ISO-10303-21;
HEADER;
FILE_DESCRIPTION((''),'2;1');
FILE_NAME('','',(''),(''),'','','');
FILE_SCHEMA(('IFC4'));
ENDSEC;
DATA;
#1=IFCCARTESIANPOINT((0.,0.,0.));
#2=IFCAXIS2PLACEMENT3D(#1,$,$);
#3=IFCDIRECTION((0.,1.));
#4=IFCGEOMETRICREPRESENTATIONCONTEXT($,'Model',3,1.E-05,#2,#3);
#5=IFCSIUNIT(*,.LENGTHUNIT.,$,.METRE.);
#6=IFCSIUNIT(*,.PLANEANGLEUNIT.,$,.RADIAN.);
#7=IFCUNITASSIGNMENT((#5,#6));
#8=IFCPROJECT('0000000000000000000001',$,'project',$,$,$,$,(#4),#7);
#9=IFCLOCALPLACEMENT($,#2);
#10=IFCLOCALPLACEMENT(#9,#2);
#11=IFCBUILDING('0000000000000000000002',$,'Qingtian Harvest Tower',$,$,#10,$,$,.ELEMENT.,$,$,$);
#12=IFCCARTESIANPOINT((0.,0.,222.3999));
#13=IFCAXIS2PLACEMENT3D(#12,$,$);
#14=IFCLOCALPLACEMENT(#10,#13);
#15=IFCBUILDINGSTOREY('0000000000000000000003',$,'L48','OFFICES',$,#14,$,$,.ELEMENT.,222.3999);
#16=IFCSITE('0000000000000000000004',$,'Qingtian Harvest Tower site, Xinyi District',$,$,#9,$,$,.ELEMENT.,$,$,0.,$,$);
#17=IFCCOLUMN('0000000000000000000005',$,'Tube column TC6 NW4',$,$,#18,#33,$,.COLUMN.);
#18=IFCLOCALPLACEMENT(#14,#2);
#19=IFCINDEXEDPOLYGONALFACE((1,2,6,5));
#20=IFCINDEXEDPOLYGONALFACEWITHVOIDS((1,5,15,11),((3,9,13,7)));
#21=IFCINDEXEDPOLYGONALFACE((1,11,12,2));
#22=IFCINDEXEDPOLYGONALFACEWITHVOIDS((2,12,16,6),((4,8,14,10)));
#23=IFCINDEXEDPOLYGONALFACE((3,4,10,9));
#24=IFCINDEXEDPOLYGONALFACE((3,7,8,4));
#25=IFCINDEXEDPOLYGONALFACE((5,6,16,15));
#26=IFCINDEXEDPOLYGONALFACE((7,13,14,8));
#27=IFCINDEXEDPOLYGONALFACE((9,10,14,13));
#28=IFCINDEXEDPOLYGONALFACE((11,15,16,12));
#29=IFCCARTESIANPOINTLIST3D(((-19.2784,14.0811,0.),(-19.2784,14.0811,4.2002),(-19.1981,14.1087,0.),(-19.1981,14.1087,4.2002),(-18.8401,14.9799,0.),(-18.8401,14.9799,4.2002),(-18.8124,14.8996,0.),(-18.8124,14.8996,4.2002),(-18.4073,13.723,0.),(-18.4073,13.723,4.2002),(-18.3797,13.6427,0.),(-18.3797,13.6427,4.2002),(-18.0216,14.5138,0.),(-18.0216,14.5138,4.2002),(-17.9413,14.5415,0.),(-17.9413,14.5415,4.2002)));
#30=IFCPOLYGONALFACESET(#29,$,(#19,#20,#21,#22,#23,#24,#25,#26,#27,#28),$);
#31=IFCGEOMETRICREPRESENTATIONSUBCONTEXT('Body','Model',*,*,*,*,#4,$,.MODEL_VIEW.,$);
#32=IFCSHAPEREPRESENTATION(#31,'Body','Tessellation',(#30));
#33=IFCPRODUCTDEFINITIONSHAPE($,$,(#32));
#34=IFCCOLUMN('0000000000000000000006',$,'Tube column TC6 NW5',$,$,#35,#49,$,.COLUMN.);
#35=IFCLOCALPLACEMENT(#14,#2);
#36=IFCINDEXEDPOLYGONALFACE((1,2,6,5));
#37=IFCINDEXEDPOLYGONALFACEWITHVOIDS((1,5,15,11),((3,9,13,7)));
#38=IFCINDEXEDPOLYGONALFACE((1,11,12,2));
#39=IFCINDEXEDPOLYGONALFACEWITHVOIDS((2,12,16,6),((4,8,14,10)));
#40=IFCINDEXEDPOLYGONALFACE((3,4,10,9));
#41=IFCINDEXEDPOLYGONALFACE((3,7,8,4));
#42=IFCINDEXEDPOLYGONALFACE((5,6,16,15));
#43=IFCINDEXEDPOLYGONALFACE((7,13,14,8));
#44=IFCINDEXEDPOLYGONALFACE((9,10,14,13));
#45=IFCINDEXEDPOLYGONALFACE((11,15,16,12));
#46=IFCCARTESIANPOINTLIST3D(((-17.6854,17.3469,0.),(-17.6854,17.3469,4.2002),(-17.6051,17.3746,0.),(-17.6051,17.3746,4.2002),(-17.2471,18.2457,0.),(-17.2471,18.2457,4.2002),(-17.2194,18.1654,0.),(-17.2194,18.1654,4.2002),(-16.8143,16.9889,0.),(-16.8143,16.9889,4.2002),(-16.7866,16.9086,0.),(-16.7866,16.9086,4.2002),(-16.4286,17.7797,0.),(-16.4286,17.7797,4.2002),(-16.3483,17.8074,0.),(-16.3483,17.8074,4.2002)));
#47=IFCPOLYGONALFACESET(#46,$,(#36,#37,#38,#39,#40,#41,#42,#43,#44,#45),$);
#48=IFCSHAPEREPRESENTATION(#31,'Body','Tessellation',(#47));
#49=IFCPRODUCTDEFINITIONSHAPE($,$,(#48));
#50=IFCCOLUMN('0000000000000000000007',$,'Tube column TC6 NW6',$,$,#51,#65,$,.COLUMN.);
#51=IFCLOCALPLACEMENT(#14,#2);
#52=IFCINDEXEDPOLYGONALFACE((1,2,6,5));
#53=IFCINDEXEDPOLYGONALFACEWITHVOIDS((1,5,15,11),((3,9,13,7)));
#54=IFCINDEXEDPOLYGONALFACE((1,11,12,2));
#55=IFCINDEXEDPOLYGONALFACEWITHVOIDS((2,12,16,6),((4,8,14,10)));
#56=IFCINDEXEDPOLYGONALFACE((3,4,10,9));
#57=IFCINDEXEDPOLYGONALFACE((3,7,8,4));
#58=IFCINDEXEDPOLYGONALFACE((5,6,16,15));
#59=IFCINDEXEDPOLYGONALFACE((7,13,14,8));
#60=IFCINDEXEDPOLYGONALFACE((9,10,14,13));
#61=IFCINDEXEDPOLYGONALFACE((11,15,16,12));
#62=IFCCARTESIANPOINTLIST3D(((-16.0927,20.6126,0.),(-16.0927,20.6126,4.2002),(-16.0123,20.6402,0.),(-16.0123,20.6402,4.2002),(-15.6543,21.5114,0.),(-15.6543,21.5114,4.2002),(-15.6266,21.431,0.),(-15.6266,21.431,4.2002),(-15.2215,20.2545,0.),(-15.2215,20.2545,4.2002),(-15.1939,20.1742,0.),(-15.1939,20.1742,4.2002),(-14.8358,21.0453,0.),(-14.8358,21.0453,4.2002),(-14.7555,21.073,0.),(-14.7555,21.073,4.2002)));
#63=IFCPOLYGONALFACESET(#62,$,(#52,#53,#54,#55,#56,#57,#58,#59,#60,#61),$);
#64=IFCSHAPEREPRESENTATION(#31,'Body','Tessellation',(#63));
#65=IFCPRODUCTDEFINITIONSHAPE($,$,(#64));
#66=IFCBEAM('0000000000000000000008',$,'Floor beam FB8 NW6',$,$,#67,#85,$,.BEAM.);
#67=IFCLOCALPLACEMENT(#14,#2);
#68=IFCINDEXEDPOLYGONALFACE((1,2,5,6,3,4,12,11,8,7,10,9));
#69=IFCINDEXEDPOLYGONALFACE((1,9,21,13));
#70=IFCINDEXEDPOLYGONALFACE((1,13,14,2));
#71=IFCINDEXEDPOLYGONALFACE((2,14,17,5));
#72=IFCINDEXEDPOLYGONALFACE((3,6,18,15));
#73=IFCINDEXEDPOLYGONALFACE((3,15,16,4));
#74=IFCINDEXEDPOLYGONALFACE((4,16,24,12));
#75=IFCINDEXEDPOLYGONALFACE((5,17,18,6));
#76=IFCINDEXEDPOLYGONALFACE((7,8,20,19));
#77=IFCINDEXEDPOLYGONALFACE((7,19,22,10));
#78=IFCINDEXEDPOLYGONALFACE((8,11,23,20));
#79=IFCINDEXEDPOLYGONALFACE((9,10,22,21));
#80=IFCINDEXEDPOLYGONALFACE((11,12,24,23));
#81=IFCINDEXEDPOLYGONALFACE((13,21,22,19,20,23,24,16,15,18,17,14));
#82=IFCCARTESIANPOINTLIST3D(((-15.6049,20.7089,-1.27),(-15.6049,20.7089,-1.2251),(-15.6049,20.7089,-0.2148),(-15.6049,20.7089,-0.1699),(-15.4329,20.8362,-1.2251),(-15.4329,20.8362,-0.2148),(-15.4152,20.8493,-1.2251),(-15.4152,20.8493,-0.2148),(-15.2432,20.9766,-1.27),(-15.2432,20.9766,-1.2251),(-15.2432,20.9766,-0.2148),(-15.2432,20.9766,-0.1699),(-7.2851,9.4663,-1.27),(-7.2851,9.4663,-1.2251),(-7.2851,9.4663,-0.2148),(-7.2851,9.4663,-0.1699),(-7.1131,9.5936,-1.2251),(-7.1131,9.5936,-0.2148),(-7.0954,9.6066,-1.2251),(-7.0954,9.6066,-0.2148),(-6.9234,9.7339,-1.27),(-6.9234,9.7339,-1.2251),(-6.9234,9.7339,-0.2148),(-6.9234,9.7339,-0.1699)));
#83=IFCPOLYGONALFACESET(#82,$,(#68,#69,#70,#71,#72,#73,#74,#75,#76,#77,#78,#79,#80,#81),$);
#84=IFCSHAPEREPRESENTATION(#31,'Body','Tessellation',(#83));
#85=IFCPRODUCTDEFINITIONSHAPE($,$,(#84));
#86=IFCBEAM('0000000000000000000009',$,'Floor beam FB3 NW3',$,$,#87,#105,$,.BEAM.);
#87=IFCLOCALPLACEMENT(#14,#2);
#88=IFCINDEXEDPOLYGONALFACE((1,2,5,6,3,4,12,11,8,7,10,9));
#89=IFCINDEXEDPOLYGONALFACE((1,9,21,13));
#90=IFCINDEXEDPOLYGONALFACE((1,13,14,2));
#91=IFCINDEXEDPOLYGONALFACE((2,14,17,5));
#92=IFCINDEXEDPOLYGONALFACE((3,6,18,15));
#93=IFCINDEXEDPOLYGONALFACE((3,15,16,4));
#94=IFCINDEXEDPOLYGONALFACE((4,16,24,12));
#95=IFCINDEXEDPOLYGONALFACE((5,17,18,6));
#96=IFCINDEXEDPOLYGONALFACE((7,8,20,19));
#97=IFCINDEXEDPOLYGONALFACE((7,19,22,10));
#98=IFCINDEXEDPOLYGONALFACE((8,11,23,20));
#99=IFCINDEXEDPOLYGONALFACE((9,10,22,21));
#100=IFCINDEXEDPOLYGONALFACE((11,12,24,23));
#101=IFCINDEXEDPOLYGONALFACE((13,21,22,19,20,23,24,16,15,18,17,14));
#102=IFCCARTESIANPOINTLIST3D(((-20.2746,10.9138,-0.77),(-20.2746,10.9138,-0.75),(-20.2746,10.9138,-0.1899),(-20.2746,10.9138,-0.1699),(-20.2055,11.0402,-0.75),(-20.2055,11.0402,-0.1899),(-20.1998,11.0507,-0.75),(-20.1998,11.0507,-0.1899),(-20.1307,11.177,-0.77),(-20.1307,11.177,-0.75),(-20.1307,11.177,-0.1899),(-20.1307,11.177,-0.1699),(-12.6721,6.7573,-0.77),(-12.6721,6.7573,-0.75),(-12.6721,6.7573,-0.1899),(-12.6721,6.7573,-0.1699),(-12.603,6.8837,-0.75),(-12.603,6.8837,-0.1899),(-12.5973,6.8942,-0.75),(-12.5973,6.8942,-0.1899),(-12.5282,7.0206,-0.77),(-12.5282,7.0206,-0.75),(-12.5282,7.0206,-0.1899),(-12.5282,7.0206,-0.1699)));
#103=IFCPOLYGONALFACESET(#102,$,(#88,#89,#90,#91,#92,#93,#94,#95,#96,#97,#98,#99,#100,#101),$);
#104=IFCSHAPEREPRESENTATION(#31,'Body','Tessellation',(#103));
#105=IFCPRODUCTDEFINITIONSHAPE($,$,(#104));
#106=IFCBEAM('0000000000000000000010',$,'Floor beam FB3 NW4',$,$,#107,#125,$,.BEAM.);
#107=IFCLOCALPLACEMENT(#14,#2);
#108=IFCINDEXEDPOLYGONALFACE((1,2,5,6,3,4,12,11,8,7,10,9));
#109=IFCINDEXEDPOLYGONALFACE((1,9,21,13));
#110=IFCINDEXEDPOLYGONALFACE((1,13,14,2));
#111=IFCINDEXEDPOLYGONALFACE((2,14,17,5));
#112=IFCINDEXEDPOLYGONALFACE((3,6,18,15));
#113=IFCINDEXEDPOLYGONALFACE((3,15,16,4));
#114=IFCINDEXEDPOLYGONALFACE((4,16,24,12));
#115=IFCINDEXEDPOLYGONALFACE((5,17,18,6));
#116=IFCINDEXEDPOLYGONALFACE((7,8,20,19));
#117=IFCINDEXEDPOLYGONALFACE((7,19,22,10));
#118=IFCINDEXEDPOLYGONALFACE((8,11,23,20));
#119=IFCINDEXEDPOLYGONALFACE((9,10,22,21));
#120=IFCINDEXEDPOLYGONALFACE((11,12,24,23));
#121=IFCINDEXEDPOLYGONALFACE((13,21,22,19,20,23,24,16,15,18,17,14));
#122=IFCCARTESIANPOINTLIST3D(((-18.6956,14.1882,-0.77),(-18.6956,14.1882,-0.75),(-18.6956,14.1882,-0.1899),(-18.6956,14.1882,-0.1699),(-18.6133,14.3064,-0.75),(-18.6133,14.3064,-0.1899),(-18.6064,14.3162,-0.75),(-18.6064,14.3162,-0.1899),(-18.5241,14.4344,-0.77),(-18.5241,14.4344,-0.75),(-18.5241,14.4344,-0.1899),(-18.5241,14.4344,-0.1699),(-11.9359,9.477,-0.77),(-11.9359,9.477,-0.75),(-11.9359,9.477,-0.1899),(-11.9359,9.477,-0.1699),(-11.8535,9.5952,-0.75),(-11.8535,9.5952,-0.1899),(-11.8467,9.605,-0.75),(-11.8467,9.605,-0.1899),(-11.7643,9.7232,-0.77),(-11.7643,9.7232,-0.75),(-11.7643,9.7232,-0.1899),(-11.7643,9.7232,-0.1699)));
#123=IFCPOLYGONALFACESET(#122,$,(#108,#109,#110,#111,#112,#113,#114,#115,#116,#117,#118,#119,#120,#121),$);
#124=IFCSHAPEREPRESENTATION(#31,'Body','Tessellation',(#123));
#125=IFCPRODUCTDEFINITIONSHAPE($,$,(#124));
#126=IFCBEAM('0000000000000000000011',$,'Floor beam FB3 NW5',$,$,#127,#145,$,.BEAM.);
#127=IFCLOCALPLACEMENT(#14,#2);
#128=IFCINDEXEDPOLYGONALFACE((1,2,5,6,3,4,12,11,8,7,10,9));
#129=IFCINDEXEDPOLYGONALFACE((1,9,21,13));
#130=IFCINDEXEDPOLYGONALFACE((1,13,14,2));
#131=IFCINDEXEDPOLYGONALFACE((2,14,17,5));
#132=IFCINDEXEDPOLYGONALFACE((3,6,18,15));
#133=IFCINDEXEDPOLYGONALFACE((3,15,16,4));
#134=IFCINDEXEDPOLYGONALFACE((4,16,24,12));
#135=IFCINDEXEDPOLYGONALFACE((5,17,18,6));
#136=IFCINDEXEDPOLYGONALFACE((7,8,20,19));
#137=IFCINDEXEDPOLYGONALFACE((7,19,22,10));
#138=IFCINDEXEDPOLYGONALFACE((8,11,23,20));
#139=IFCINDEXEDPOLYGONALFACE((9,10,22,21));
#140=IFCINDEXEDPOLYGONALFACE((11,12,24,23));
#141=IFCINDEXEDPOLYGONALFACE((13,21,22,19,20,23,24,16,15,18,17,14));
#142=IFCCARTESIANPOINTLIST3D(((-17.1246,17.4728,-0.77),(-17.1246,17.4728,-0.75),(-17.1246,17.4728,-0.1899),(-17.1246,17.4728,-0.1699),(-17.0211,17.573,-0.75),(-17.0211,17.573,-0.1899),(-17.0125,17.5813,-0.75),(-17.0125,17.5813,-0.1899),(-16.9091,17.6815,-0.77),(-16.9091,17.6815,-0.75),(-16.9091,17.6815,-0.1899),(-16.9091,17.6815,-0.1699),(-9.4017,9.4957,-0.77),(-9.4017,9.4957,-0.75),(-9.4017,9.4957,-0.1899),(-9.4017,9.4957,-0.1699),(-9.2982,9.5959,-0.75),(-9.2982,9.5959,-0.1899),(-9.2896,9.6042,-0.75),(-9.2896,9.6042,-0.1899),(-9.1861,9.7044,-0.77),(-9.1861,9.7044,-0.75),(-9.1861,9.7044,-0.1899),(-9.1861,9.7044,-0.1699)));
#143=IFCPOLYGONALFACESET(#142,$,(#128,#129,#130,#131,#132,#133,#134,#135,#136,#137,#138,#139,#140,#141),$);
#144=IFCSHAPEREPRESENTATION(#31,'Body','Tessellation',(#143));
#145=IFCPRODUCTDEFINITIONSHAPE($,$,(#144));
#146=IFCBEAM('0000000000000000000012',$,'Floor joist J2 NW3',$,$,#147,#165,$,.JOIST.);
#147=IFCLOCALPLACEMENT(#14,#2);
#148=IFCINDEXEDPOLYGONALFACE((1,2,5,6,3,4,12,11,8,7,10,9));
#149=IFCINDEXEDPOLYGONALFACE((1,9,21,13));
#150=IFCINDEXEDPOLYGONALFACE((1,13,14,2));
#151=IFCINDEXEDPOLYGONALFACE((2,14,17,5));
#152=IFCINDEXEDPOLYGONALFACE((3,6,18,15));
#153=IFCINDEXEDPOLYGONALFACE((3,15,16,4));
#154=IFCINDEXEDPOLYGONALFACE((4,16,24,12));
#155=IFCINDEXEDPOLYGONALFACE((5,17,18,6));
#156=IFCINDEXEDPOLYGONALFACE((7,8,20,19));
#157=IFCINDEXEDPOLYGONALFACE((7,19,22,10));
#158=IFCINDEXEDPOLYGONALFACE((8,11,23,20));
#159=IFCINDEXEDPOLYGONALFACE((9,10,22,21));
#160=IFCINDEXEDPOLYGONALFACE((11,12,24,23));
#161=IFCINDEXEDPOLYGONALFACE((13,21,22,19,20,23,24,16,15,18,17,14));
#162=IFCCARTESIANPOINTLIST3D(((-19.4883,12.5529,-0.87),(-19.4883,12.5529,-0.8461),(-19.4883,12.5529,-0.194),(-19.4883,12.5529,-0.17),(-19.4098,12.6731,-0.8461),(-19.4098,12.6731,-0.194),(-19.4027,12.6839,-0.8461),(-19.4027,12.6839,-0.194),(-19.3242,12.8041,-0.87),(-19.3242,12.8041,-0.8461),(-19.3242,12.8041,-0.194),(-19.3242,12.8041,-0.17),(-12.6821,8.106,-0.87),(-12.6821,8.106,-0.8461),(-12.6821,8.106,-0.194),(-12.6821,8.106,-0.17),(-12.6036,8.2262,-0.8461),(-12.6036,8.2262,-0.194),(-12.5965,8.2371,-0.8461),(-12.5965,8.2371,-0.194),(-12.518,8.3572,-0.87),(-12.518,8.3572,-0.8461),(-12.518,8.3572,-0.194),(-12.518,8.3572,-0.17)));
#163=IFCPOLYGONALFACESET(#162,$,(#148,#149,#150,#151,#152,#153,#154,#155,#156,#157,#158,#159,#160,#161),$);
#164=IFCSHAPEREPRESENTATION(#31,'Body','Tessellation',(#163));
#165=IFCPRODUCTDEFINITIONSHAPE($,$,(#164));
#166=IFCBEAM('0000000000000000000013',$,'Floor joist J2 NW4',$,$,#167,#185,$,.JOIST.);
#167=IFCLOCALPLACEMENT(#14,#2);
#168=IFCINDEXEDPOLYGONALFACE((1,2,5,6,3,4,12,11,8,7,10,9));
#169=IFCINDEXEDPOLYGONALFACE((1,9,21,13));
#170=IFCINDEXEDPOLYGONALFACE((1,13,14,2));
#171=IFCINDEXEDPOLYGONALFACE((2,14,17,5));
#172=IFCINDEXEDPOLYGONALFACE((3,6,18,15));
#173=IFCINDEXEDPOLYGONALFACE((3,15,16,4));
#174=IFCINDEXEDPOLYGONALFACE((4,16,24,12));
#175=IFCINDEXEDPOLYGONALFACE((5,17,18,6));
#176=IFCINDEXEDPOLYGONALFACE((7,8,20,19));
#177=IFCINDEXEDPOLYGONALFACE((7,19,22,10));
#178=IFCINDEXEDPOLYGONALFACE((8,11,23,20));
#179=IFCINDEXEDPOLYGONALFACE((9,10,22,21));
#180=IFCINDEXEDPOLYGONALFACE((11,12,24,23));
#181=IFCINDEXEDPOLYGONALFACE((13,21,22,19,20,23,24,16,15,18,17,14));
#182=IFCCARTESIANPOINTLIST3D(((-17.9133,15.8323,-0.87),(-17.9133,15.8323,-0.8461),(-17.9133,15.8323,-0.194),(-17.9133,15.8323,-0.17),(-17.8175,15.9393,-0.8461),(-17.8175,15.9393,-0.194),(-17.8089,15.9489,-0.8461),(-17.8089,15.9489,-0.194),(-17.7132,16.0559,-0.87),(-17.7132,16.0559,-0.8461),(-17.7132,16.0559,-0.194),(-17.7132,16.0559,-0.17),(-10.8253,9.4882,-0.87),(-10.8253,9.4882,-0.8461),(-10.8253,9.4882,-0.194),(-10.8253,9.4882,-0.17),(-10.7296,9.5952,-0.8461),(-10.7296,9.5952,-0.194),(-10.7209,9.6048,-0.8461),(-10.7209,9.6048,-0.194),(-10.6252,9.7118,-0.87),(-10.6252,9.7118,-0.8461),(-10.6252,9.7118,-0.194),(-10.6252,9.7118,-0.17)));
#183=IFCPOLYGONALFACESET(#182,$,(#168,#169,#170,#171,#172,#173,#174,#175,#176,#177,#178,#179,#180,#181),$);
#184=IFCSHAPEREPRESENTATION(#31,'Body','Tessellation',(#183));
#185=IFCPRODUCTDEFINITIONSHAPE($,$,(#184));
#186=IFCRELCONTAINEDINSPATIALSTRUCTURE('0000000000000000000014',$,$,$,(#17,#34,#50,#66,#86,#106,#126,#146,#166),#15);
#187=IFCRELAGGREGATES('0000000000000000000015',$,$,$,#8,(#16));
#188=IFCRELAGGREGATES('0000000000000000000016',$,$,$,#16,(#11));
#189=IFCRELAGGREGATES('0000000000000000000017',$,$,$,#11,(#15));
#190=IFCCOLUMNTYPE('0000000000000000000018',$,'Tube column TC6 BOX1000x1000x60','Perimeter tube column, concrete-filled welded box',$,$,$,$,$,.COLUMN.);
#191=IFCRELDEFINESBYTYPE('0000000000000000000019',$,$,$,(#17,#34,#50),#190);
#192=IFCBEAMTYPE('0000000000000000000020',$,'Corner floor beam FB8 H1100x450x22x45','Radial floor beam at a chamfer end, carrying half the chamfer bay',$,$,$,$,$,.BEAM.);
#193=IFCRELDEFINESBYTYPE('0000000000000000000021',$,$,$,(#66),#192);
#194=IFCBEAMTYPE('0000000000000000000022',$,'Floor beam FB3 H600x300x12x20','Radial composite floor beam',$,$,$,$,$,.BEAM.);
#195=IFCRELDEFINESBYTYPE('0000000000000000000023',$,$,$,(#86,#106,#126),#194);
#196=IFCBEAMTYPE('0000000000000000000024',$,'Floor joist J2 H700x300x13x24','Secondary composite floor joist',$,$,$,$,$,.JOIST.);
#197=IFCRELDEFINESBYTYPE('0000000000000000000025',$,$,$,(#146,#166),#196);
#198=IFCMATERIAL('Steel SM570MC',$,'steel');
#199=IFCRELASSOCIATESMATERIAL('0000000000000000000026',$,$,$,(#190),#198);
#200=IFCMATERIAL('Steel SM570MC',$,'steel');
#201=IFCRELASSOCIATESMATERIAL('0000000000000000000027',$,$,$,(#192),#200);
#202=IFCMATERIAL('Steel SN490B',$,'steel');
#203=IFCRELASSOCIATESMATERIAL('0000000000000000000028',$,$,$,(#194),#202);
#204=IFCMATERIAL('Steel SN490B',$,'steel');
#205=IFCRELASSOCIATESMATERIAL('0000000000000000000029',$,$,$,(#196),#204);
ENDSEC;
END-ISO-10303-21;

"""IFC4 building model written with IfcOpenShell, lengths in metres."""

from ifc_helpers import new_model, si_unit, direction, frame, origin, origin_2d, place, context, subcontext, project, spatial, hollow_rectangle, i_section, extrude, material, material_profile, profile_set, type_object, element, save


model = new_model("IFC4")

# Units and contexts
model_context = context("Model", 3, precision=1e-05, world=origin(), true_north=direction((0.0, 1.0)))
body_context = subcontext(model_context, "Body", "Model", "MODEL_VIEW")
ifc_project = project(units=[si_unit("LENGTHUNIT", "METRE"), si_unit("PLANEANGLEUNIT", "RADIAN")], contexts=[model_context])

# Site, building, storey
site_placement = place(None, origin())
site = spatial("IfcSite", under=ifc_project, at=site_placement, Name="Qingtian Harvest Tower site, Xinyi District", CompositionType="ELEMENT", RefElevation=0.0)
building_placement = place(site_placement, origin())
building = spatial("IfcBuilding", under=site, at=building_placement, Name="Qingtian Harvest Tower", CompositionType="ELEMENT")
storey_placement = place(building_placement, frame((0.0, 0.0, 222.3999)))
storey = spatial("IfcBuildingStorey", under=building, at=storey_placement, Name="L48", Description="OFFICES", CompositionType="ELEMENT", Elevation=222.3999)

# Columns
ifc_material_1 = material(Name="Steel SM570MC", Category="steel")
ifc_material_profile_1 = material_profile(ifc_material_1, hollow_rectangle(XDim=1.0, YDim=1.0, WallThickness=0.0601, at=origin_2d()), Name="BOX1000x1000x60")
ifc_profile_set_1 = profile_set([ifc_material_profile_1], Name="Steel SM570MC")
column_type = type_object("IfcColumnType", Name="Tube column TC6 BOX1000x1000x60", Description="Perimeter tube column, concrete-filled welded box", PredefinedType="COLUMN", material=ifc_profile_set_1)
for number, where, z_axis, x_axis, name in (
    (1, (-18.6099, 14.3113, 0.0), (0.0, 0.0, 1.0), (-0.438371, -0.898794, 0.0), "Tube column TC6 NW4"),
    (2, (-17.0168, 17.5771, 0.0), (0.0, 0.0, 1.0), (-0.438371, -0.898794, 0.0), "Tube column TC6 NW5"),
    (3, (-15.4241, 20.8428, 0.0), (0.0, 0.0, 1.0), (-0.438371, -0.898794, 0.0), "Tube column TC6 NW6"),
):
    element("IfcColumn", number, at=place(storey_placement, frame(where, z_axis=z_axis, x_axis=x_axis)), inside=storey, type_object=column_type, Name=name, PredefinedType="COLUMN", context=body_context, shape_type="SweptSolid", body=[
        extrude(hollow_rectangle(XDim=1.0, YDim=1.0, WallThickness=0.0601, at=origin_2d()), origin(), (0.0, 0.0, 1.0), 4.2002),
    ])

# Beams
ifc_material_2 = material(Name="Steel SM570MC", Category="steel")
ifc_material_profile_2 = material_profile(ifc_material_2, i_section(OverallWidth=0.45, OverallDepth=1.1001, WebThickness=0.022, FlangeThickness=0.0449, at=origin_2d()), Name="H1100x450x22x45")
ifc_profile_set_2 = profile_set([ifc_material_profile_2], Name="Steel SM570MC")
beam_type_1 = type_object("IfcBeamType", Name="Corner floor beam FB8 H1100x450x22x45", Description="Radial floor beam at a chamfer end, carrying half the chamfer bay", PredefinedType="BEAM", material=ifc_profile_set_2)
beam_1_placement = place(storey_placement, frame((-15.4241, 20.8428, -0.72), z_axis=(0.594854, -0.803834, 0.0), x_axis=(0.803834, 0.594854, 0.0)))
element("IfcBeam", 4, at=beam_1_placement, inside=storey, type_object=beam_type_1, Name="Floor beam FB8 NW6", PredefinedType="BEAM", context=body_context, shape_type="SweptSolid", body=[
    extrude(i_section(OverallWidth=0.45, OverallDepth=1.1001, WebThickness=0.022, FlangeThickness=0.0449, at=origin_2d()), origin(), (0.0, 0.0, 1.0), 13.9863),
])
ifc_material_3 = material(Name="Steel SN490B", Category="steel")
ifc_material_profile_3 = material_profile(ifc_material_3, i_section(OverallWidth=0.3, OverallDepth=0.6001, WebThickness=0.012, FlangeThickness=0.02, at=origin_2d()), Name="H600x300x12x20")
ifc_profile_set_3 = profile_set([ifc_material_profile_3], Name="Steel SN490B")
beam_type_2 = type_object("IfcBeamType", Name="Floor beam FB3 H600x300x12x20", Description="Radial composite floor beam", PredefinedType="BEAM", material=ifc_profile_set_3)
beam_2_placement = place(storey_placement, frame((-20.2026, 11.0454, -0.47), z_axis=(0.877427, -0.479711, 0.0), x_axis=(0.479711, 0.877427, 0.0)))
element("IfcBeam", 5, at=beam_2_placement, inside=storey, type_object=beam_type_2, Name="Floor beam FB3 NW3", PredefinedType="BEAM", context=body_context, shape_type="SweptSolid", body=[
    extrude(i_section(OverallWidth=0.3, OverallDepth=0.6001, WebThickness=0.012, FlangeThickness=0.02, at=origin_2d()), origin(), (0.0, 0.0, 1.0), 8.6646),
])
beam_3_placement = place(storey_placement, frame((-18.6099, 14.3113, -0.47), z_axis=(0.820408, -0.571779, 0.0), x_axis=(0.571779, 0.820408, 0.0)))
element("IfcBeam", 6, at=beam_3_placement, inside=storey, type_object=beam_type_2, Name="Floor beam FB3 NW4", PredefinedType="BEAM", context=body_context, shape_type="SweptSolid", body=[
    extrude(i_section(OverallWidth=0.3, OverallDepth=0.6001, WebThickness=0.012, FlangeThickness=0.02, at=origin_2d()), origin(), (0.0, 0.0, 1.0), 8.2395),
])
beam_4_placement = place(storey_placement, frame((-17.0168, 17.5771, -0.47), z_axis=(0.695569, -0.718459, 0.0), x_axis=(0.718459, 0.695569, 0.0)))
element("IfcBeam", 7, at=beam_4_placement, inside=storey, type_object=beam_type_2, Name="Floor beam FB3 NW5", PredefinedType="BEAM", context=body_context, shape_type="SweptSolid", body=[
    extrude(i_section(OverallWidth=0.3, OverallDepth=0.6001, WebThickness=0.012, FlangeThickness=0.02, at=origin_2d()), origin(), (0.0, 0.0, 1.0), 11.103),
])
ifc_material_4 = material(Name="Steel SN490B", Category="steel")
ifc_material_profile_4 = material_profile(ifc_material_4, i_section(OverallWidth=0.3, OverallDepth=0.7, WebThickness=0.0129, FlangeThickness=0.0239, at=origin_2d()), Name="H700x300x13x24")
ifc_profile_set_4 = profile_set([ifc_material_profile_4], Name="Steel SN490B")
beam_type_3 = type_object("IfcBeamType", Name="Floor joist J2 H700x300x13x24", Description="Secondary composite floor joist", PredefinedType="JOIST", material=ifc_profile_set_4)
beam_5_placement = place(storey_placement, frame((-19.4062, 12.6785, -0.52), z_axis=(0.837161, -0.546956, 0.0), x_axis=(0.546956, 0.837161, 0.0)))
element("IfcBeam", 8, at=beam_5_placement, inside=storey, type_object=beam_type_3, Name="Floor joist J2 NW3", PredefinedType="JOIST", context=body_context, shape_type="SweptSolid", body=[
    extrude(i_section(OverallWidth=0.3, OverallDepth=0.7, WebThickness=0.0129, FlangeThickness=0.0239, at=origin_2d()), origin(), (0.0, 0.0, 1.0), 8.1301),
])
beam_6_placement = place(storey_placement, frame((-17.8132, 15.9441, -0.52), z_axis=(0.745127, -0.666923, 0.0), x_axis=(0.666923, 0.745127, 0.0)))
element("IfcBeam", 9, at=beam_6_placement, inside=storey, type_object=beam_type_3, Name="Floor joist J2 NW4", PredefinedType="JOIST", context=body_context, shape_type="SweptSolid", body=[
    extrude(i_section(OverallWidth=0.3, OverallDepth=0.7, WebThickness=0.0129, FlangeThickness=0.0239, at=origin_2d()), origin(), (0.0, 0.0, 1.0), 9.5125),
])

save(model, "model.ifc")
